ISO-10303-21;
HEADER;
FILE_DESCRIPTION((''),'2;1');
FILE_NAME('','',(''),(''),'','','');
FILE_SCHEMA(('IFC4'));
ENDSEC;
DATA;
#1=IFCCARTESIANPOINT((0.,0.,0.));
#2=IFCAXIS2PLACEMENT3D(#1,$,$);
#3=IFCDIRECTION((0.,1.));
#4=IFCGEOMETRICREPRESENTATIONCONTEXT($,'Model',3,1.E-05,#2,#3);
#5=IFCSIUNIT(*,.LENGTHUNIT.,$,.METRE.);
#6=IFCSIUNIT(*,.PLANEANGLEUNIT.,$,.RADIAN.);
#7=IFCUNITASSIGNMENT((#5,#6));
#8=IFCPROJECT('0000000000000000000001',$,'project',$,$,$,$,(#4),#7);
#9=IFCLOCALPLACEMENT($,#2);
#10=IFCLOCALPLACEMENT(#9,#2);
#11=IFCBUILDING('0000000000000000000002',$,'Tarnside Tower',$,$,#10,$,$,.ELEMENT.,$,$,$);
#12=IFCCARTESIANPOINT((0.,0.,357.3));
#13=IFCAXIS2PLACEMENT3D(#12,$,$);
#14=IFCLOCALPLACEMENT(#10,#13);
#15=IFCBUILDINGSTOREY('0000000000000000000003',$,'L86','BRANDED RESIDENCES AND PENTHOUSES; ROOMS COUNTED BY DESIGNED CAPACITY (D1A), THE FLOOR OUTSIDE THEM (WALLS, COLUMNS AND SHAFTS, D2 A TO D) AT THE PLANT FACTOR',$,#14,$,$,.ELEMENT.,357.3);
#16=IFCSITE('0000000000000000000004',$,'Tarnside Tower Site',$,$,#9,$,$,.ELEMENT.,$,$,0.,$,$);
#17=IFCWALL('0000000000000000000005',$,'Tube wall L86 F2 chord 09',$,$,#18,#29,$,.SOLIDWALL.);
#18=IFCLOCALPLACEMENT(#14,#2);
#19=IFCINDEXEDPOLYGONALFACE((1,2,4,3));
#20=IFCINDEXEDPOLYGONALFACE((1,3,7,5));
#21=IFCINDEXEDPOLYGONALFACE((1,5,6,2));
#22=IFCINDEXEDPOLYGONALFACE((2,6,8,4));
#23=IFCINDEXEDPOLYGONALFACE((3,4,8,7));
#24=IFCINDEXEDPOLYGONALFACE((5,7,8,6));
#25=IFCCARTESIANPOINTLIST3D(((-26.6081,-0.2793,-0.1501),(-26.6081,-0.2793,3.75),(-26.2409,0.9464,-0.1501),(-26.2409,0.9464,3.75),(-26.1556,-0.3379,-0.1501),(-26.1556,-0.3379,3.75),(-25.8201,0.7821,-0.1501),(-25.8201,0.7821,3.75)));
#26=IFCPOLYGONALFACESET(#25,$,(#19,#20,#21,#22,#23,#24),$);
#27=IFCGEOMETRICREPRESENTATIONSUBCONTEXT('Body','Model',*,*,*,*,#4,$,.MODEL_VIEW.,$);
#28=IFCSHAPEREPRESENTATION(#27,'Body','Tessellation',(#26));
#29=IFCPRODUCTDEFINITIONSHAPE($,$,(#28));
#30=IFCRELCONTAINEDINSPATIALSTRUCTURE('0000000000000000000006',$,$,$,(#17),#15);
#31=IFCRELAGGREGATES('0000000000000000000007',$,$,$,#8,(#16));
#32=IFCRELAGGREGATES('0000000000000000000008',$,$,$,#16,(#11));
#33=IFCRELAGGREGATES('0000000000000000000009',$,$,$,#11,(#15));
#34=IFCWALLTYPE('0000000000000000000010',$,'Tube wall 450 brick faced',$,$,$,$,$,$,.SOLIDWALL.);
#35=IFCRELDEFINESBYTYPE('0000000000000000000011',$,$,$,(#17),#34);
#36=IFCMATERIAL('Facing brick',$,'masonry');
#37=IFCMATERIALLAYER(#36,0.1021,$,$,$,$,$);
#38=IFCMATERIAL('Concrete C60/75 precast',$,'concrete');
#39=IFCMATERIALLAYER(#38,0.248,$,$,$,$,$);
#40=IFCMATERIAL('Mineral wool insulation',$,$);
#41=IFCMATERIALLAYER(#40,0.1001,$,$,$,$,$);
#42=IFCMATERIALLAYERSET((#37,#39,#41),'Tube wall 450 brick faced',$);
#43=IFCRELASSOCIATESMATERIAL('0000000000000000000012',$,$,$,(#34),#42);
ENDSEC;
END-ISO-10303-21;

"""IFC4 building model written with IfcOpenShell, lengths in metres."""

from ifc_helpers import new_model, si_unit, direction, frame, origin, place, context, subcontext, project, spatial, polyline, outline, extrude, material, layer, layer_set, type_object, element, save


model = new_model("IFC4")

# Units and contexts
model_context = context("Model", 3, precision=1e-05, world=origin(), true_north=direction((0.0, 1.0)))
body_context = subcontext(model_context, "Body", "Model", "MODEL_VIEW")
ifc_project = project(units=[si_unit("LENGTHUNIT", "METRE"), si_unit("PLANEANGLEUNIT", "RADIAN")], contexts=[model_context])

# Site, building, storey
site_placement = place(None, origin())
site = spatial("IfcSite", under=ifc_project, at=site_placement, Name="Tarnside Tower Site", CompositionType="ELEMENT", RefElevation=0.0)
building_placement = place(site_placement, origin())
building = spatial("IfcBuilding", under=site, at=building_placement, Name="Tarnside Tower", CompositionType="ELEMENT")
storey_placement = place(building_placement, frame((0.0, 0.0, 357.3)))
storey = spatial("IfcBuildingStorey", under=building, at=storey_placement, Name="L86", Description="BRANDED RESIDENCES AND PENTHOUSES; ROOMS COUNTED BY DESIGNED CAPACITY (D1A), THE FLOOR OUTSIDE THEM (WALLS, COLUMNS AND SHAFTS, D2 A TO D) AT THE PLANT FACTOR", CompositionType="ELEMENT", Elevation=357.3)

# Shared definitions
ifc_material_1 = material(Name="Concrete C60/75 precast", Category="concrete")
ifc_material_2 = material(Name="Mineral wool insulation")

# Wall
ifc_material_3 = material(Name="Facing brick", Category="masonry")
ifc_layer_1 = layer(ifc_material_3, 0.1021)
ifc_layer_2 = layer(ifc_material_1, 0.248)
ifc_layer_3 = layer(ifc_material_2, 0.1001)
ifc_layer_set_1 = layer_set([ifc_layer_1, ifc_layer_2, ifc_layer_3], Name="Tube wall 450 brick faced")
wall_type_1 = type_object("IfcWallType", Name="Tube wall 450 brick faced", PredefinedType="SOLIDWALL", material=ifc_layer_set_1)
wall_1_placement = place(storey_placement, frame((-26.0305, 0.8643, -0.1501), z_axis=(0.0, 0.0, 1.0), x_axis=(-0.286945, -0.957947, 0.0)))
element("IfcWall", 1, at=wall_1_placement, inside=storey, type_object=wall_type_1, Name="Tube wall L86 F2 chord 09", PredefinedType="SOLIDWALL", context=body_context, shape_type="SweptSolid", body=[
    extrude(outline(polyline([(-0.0183, -0.2251), (1.2612, -0.2251), (1.1875, 0.2251), (0.0183, 0.2251), (-0.0183, -0.2251)])), origin(), (0.0, 0.0, 1.0), 3.9001),
])

save(model, "model.ifc")
